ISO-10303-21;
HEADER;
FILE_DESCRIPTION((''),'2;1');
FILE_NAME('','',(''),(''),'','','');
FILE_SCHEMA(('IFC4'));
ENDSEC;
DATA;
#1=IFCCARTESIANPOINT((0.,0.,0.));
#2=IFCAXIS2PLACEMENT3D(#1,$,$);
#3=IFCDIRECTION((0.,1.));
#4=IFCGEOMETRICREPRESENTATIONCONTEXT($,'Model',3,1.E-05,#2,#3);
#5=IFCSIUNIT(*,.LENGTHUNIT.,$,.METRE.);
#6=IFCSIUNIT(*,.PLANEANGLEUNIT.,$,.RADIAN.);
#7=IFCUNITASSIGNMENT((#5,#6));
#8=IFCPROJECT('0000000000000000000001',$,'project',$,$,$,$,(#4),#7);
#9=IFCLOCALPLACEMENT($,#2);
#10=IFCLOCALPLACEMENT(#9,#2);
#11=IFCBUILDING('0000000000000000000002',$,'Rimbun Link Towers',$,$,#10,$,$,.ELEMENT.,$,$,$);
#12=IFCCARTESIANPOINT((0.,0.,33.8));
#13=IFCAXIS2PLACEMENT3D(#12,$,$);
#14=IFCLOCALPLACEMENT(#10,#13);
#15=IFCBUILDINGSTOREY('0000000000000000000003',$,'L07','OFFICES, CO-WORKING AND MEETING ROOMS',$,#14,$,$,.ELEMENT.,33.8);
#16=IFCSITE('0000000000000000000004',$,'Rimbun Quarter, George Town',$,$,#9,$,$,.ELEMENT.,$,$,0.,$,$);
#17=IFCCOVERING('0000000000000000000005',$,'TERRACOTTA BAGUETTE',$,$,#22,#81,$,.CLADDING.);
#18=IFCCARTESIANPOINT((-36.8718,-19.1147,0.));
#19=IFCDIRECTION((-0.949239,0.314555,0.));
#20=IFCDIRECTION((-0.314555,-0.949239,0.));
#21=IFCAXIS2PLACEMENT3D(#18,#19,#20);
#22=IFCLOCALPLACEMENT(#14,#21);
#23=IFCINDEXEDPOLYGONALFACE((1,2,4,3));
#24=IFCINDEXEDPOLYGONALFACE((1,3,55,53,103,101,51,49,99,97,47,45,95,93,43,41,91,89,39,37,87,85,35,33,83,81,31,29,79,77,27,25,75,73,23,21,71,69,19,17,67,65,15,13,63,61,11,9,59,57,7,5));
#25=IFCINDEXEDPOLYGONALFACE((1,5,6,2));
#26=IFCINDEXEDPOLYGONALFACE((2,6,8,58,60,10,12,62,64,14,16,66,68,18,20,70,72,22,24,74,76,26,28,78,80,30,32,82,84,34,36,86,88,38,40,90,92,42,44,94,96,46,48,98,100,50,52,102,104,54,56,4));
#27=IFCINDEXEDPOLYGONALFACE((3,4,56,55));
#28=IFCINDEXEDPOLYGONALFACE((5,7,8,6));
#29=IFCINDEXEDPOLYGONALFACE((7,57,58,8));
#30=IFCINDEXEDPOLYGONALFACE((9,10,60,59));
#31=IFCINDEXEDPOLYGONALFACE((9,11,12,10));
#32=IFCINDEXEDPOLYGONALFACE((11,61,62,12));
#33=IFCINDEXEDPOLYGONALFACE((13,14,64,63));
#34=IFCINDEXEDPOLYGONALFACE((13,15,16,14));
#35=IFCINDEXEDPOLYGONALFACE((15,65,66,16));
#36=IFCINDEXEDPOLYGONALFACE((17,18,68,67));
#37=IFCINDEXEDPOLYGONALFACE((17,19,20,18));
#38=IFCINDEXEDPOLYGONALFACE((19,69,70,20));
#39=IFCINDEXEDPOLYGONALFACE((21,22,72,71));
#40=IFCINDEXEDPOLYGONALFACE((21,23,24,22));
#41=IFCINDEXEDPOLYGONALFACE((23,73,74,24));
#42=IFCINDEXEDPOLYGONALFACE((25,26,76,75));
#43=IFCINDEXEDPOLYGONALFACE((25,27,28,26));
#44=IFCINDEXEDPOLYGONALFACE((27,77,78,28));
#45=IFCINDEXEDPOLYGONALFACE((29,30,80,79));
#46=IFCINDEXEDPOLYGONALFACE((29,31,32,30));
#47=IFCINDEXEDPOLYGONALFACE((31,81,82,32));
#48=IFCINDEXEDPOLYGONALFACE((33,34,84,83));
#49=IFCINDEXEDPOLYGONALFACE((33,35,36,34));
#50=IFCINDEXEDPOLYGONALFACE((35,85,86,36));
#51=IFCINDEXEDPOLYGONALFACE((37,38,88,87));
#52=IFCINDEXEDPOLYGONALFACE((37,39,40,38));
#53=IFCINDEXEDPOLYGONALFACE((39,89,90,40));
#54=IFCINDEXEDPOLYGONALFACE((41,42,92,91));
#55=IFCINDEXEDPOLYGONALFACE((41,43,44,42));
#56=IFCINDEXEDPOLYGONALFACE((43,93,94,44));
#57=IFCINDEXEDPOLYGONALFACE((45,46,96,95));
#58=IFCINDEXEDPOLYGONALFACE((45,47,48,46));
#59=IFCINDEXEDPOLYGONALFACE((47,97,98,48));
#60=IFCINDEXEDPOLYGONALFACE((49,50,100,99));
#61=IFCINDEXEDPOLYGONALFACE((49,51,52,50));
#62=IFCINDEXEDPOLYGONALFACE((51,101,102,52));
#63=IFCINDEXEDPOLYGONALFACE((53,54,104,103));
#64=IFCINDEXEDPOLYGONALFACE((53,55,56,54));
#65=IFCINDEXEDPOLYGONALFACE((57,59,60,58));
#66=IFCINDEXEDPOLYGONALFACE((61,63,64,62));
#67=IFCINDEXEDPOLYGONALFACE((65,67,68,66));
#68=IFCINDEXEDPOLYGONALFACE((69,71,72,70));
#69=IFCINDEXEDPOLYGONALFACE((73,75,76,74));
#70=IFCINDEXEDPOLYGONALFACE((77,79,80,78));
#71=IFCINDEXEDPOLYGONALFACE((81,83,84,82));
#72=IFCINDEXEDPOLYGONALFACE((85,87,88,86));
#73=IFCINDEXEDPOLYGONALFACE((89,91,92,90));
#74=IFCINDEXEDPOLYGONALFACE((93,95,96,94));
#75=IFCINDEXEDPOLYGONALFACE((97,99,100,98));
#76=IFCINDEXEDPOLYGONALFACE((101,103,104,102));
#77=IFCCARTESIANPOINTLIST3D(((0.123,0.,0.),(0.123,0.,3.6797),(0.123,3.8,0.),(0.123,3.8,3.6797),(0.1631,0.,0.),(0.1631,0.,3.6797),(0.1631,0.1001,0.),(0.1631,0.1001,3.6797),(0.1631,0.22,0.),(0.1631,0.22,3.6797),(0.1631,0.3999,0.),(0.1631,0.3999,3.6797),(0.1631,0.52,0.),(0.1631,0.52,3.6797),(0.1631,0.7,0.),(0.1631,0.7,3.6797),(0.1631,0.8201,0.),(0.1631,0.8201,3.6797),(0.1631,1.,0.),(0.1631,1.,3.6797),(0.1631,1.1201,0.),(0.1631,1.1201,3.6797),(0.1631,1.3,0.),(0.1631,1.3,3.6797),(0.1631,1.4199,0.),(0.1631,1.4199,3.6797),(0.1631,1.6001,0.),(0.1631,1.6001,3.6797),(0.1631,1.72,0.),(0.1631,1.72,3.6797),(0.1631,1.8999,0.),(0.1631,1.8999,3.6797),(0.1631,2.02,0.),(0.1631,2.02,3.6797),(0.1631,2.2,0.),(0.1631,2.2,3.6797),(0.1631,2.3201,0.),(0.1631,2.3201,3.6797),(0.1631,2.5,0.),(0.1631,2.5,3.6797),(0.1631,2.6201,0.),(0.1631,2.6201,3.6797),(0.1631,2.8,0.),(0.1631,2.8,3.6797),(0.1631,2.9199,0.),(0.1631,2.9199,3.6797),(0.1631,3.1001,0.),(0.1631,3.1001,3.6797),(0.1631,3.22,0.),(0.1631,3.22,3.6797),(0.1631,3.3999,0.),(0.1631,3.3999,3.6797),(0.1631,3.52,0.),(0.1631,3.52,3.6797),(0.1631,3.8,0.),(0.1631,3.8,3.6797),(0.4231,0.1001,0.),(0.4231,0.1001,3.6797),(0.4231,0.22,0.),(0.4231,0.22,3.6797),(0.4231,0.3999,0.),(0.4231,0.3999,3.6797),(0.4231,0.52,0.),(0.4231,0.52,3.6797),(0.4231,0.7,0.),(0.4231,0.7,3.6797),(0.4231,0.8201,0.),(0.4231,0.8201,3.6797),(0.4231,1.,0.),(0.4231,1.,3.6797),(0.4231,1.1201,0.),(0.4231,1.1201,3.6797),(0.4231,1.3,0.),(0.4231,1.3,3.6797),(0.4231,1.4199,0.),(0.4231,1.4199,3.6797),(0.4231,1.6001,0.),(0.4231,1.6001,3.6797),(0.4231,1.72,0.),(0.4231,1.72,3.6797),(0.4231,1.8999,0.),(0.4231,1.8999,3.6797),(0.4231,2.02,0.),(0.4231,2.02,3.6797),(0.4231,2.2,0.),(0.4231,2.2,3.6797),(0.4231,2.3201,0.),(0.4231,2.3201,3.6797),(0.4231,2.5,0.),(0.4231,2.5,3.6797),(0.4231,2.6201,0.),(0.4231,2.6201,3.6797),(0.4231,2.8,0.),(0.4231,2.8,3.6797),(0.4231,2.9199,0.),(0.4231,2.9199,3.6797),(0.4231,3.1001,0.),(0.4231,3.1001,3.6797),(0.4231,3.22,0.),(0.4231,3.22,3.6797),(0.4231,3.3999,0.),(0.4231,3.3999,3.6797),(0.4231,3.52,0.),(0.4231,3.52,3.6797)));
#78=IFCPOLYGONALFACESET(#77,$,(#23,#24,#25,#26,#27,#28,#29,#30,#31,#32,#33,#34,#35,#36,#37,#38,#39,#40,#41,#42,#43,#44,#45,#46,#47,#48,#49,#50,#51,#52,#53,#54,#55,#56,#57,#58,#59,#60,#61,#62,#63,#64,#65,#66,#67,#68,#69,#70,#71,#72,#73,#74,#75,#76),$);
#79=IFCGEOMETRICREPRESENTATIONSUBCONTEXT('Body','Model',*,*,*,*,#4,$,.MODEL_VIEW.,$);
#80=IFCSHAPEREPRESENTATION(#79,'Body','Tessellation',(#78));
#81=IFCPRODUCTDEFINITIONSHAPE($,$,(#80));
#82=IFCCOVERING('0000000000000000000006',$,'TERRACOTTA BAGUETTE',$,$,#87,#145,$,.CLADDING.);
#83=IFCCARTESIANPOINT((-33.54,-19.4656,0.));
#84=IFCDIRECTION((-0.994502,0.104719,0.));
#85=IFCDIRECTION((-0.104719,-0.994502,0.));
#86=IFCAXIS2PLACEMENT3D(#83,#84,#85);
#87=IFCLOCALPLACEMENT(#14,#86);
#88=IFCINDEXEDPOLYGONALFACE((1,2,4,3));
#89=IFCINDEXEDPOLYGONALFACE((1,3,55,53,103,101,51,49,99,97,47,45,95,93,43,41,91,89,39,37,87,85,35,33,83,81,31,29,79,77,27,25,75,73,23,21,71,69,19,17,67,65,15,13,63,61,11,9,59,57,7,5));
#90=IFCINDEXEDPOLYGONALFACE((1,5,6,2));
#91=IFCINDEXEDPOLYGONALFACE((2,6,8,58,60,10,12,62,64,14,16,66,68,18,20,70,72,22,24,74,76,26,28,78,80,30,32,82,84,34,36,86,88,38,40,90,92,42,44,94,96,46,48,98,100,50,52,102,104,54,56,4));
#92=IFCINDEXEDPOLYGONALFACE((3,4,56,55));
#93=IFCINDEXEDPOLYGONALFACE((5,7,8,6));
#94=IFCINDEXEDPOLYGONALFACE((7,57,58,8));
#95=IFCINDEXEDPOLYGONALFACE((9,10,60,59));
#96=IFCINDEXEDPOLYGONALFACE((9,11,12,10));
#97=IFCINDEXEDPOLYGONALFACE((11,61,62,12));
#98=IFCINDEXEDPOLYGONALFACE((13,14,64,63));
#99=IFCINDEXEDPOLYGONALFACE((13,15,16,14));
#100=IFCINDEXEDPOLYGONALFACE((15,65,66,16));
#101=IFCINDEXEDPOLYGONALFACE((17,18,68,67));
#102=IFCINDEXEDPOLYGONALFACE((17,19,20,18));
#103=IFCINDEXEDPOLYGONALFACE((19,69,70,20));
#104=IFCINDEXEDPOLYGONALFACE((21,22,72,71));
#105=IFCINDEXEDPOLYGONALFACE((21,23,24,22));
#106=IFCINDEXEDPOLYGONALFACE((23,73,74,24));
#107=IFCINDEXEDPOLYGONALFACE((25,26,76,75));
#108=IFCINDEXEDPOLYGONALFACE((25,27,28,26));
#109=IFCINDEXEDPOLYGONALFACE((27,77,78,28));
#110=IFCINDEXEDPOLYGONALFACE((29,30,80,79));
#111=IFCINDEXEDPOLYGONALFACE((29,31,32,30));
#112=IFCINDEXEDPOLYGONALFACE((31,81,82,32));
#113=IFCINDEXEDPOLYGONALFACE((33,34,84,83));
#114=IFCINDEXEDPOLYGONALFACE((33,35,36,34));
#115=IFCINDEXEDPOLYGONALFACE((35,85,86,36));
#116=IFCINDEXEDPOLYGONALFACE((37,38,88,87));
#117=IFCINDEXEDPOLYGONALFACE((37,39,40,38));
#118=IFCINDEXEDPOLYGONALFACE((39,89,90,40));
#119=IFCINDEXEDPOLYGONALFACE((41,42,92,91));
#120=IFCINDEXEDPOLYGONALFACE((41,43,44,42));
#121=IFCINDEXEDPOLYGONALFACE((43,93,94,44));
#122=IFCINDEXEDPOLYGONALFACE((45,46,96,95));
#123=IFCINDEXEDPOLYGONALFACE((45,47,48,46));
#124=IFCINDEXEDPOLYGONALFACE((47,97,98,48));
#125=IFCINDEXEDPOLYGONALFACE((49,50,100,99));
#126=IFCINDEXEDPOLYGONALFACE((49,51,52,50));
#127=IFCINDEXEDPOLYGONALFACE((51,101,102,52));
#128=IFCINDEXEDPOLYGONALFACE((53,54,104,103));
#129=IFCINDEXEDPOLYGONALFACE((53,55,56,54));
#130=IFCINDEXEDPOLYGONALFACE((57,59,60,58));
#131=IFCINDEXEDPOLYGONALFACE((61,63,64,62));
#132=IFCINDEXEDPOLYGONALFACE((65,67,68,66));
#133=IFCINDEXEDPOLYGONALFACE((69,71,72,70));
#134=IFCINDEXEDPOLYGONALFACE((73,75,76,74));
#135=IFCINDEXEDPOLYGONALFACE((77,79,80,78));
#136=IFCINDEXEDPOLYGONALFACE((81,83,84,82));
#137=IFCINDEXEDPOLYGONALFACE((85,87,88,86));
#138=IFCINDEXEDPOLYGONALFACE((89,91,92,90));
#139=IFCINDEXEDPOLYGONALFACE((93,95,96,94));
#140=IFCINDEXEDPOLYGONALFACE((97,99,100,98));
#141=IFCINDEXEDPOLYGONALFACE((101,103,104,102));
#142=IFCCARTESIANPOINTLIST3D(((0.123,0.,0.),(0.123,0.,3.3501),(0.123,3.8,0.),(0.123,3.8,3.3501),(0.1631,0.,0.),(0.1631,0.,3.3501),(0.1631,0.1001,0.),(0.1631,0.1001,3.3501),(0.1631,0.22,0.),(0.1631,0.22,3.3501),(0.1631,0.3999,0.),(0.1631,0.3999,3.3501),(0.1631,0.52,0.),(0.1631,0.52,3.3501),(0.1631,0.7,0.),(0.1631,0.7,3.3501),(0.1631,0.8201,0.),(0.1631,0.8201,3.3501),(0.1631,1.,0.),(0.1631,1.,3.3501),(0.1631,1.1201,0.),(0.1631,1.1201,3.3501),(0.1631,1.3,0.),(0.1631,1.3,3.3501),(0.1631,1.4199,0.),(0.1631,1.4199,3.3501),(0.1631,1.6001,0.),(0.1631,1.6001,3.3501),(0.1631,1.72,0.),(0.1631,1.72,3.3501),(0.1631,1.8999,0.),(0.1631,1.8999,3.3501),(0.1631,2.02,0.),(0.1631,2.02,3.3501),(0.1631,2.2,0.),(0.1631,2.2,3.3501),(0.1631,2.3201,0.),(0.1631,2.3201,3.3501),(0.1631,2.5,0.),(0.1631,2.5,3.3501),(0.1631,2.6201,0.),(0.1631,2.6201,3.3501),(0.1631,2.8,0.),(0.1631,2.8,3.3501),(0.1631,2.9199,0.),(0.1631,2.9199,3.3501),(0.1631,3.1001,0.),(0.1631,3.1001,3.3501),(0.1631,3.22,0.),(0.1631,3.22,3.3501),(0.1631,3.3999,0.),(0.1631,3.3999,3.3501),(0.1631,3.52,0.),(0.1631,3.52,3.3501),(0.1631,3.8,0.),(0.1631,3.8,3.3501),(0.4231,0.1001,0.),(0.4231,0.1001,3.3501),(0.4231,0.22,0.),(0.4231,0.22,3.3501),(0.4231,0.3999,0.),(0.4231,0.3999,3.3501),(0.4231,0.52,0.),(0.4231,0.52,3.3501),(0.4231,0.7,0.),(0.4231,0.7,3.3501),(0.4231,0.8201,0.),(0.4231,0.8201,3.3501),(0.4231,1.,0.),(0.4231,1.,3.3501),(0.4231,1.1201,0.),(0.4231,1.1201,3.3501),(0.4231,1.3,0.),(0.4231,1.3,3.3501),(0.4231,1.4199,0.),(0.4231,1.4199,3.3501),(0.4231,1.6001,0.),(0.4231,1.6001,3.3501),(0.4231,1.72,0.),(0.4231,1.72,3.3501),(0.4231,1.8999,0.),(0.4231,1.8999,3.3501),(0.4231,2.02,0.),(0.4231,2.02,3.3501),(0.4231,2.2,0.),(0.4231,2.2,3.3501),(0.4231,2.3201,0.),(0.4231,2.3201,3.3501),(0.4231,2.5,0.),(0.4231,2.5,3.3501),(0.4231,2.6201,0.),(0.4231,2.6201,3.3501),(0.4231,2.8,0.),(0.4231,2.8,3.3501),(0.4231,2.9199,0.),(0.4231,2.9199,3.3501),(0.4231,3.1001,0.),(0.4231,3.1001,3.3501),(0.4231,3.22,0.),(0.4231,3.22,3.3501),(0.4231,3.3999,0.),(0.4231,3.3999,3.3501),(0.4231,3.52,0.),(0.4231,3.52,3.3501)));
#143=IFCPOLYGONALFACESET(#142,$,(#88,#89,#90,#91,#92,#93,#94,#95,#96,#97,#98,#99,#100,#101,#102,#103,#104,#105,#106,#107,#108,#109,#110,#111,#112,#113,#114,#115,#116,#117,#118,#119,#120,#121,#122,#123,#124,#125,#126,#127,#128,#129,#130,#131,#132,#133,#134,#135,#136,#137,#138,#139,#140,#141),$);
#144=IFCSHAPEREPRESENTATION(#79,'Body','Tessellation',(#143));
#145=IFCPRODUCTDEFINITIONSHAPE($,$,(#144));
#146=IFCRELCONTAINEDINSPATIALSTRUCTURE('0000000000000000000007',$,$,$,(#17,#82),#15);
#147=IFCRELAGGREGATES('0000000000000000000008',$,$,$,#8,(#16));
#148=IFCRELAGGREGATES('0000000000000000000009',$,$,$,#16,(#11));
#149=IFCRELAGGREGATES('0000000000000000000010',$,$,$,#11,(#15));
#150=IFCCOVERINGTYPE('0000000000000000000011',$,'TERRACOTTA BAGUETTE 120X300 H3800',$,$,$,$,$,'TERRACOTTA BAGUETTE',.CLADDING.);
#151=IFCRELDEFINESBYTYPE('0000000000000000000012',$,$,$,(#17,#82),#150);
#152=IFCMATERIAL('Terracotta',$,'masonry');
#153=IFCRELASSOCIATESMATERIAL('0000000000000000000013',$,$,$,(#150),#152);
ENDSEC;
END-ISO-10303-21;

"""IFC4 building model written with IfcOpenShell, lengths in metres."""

from ifc_helpers import new_model, si_unit, direction, frame, origin, place, context, subcontext, project, spatial, polyline, outline, extrude, material, material_profile, profile_set, type_object, element, save


model = new_model("IFC4")

# Units and contexts
model_context = context("Model", 3, precision=1e-05, world=origin(), true_north=direction((0.0, 1.0)))
body_context = subcontext(model_context, "Body", "Model", "MODEL_VIEW")
ifc_project = project(units=[si_unit("LENGTHUNIT", "METRE"), si_unit("PLANEANGLEUNIT", "RADIAN")], contexts=[model_context])

# Site, building, storey
site_placement = place(None, origin())
site = spatial("IfcSite", under=ifc_project, at=site_placement, Name="Rimbun Quarter, George Town", CompositionType="ELEMENT", RefElevation=0.0)
building_placement = place(site_placement, origin())
building = spatial("IfcBuilding", under=site, at=building_placement, Name="Rimbun Link Towers", CompositionType="ELEMENT")
storey_placement = place(building_placement, frame((0.0, 0.0, 33.8)))
storey = spatial("IfcBuildingStorey", under=building, at=storey_placement, Name="L07", Description="OFFICES, CO-WORKING AND MEETING ROOMS", CompositionType="ELEMENT", Elevation=33.8)

# Coverings
ifc_material_1 = material(Name="Terracotta", Category="masonry")
ifc_material_profile_1 = material_profile(ifc_material_1, outline(polyline([(0.123, 0.0), (0.1631, 0.0), (0.1631, 0.1001), (0.4231, 0.1001), (0.4231, 0.22), (0.1631, 0.22), (0.1631, 0.3999), (0.4231, 0.3999), (0.4231, 0.52), (0.1631, 0.52), (0.1631, 0.7), (0.4231, 0.7), (0.4231, 0.8201), (0.1631, 0.8201), (0.1631, 1.0), (0.4231, 1.0), (0.4231, 1.1201), (0.1631, 1.1201), (0.1631, 1.3), (0.4231, 1.3), (0.4231, 1.4199), (0.1631, 1.4199), (0.1631, 1.6001), (0.4231, 1.6001), (0.4231, 1.72), (0.1631, 1.72), (0.1631, 1.8999), (0.4231, 1.8999), (0.4231, 2.02), (0.1631, 2.02), (0.1631, 2.2), (0.4231, 2.2), (0.4231, 2.3201), (0.1631, 2.3201), (0.1631, 2.5), (0.4231, 2.5), (0.4231, 2.6201), (0.1631, 2.6201), (0.1631, 2.8), (0.4231, 2.8), (0.4231, 2.9199), (0.1631, 2.9199), (0.1631, 3.1001), (0.4231, 3.1001), (0.4231, 3.22), (0.1631, 3.22), (0.1631, 3.3999), (0.4231, 3.3999), (0.4231, 3.52), (0.1631, 3.52), (0.1631, 3.8), (0.123, 3.8), (0.123, 0.0)])), Name="BAGUETTE 120X300")
ifc_profile_set_1 = profile_set([ifc_material_profile_1], Name="Terracotta")
covering_type = type_object("IfcCoveringType", Name="TERRACOTTA BAGUETTE 120X300 H3800", ElementType="TERRACOTTA BAGUETTE", PredefinedType="CLADDING", material=ifc_profile_set_1)
covering_1_placement = place(storey_placement, frame((-36.8718, -19.1147, 0.0), z_axis=(-0.949239, 0.314555, 0.0), x_axis=(-0.314555, -0.949239, 0.0)))
element("IfcCovering", 1, at=covering_1_placement, inside=storey, type_object=covering_type, Name="TERRACOTTA BAGUETTE", PredefinedType="CLADDING", context=body_context, shape_type="SweptSolid", body=[
    extrude(outline(polyline([(0.123, 0.0), (0.1631, 0.0), (0.1631, 0.1001), (0.4231, 0.1001), (0.4231, 0.22), (0.1631, 0.22), (0.1631, 0.3999), (0.4231, 0.3999), (0.4231, 0.52), (0.1631, 0.52), (0.1631, 0.7), (0.4231, 0.7), (0.4231, 0.8201), (0.1631, 0.8201), (0.1631, 1.0), (0.4231, 1.0), (0.4231, 1.1201), (0.1631, 1.1201), (0.1631, 1.3), (0.4231, 1.3), (0.4231, 1.4199), (0.1631, 1.4199), (0.1631, 1.6001), (0.4231, 1.6001), (0.4231, 1.72), (0.1631, 1.72), (0.1631, 1.8999), (0.4231, 1.8999), (0.4231, 2.02), (0.1631, 2.02), (0.1631, 2.2), (0.4231, 2.2), (0.4231, 2.3201), (0.1631, 2.3201), (0.1631, 2.5), (0.4231, 2.5), (0.4231, 2.6201), (0.1631, 2.6201), (0.1631, 2.8), (0.4231, 2.8), (0.4231, 2.9199), (0.1631, 2.9199), (0.1631, 3.1001), (0.4231, 3.1001), (0.4231, 3.22), (0.1631, 3.22), (0.1631, 3.3999), (0.4231, 3.3999), (0.4231, 3.52), (0.1631, 3.52), (0.1631, 3.8), (0.123, 3.8), (0.123, 0.0)])), origin(), (0.0, 0.0, 1.0), 3.6797),
])
covering_2_placement = place(storey_placement, frame((-33.54, -19.4656, 0.0), z_axis=(-0.994502, 0.104719, 0.0), x_axis=(-0.104719, -0.994502, 0.0)))
element("IfcCovering", 2, at=covering_2_placement, inside=storey, type_object=covering_type, Name="TERRACOTTA BAGUETTE", PredefinedType="CLADDING", context=body_context, shape_type="SweptSolid", body=[
    extrude(outline(polyline([(0.123, 0.0), (0.1631, 0.0), (0.1631, 0.1001), (0.4231, 0.1001), (0.4231, 0.22), (0.1631, 0.22), (0.1631, 0.3999), (0.4231, 0.3999), (0.4231, 0.52), (0.1631, 0.52), (0.1631, 0.7), (0.4231, 0.7), (0.4231, 0.8201), (0.1631, 0.8201), (0.1631, 1.0), (0.4231, 1.0), (0.4231, 1.1201), (0.1631, 1.1201), (0.1631, 1.3), (0.4231, 1.3), (0.4231, 1.4199), (0.1631, 1.4199), (0.1631, 1.6001), (0.4231, 1.6001), (0.4231, 1.72), (0.1631, 1.72), (0.1631, 1.8999), (0.4231, 1.8999), (0.4231, 2.02), (0.1631, 2.02), (0.1631, 2.2), (0.4231, 2.2), (0.4231, 2.3201), (0.1631, 2.3201), (0.1631, 2.5), (0.4231, 2.5), (0.4231, 2.6201), (0.1631, 2.6201), (0.1631, 2.8), (0.4231, 2.8), (0.4231, 2.9199), (0.1631, 2.9199), (0.1631, 3.1001), (0.4231, 3.1001), (0.4231, 3.22), (0.1631, 3.22), (0.1631, 3.3999), (0.4231, 3.3999), (0.4231, 3.52), (0.1631, 3.52), (0.1631, 3.8), (0.123, 3.8), (0.123, 0.0)])), origin(), (0.0, 0.0, 1.0), 3.3501),
])

save(model, "model.ifc")
